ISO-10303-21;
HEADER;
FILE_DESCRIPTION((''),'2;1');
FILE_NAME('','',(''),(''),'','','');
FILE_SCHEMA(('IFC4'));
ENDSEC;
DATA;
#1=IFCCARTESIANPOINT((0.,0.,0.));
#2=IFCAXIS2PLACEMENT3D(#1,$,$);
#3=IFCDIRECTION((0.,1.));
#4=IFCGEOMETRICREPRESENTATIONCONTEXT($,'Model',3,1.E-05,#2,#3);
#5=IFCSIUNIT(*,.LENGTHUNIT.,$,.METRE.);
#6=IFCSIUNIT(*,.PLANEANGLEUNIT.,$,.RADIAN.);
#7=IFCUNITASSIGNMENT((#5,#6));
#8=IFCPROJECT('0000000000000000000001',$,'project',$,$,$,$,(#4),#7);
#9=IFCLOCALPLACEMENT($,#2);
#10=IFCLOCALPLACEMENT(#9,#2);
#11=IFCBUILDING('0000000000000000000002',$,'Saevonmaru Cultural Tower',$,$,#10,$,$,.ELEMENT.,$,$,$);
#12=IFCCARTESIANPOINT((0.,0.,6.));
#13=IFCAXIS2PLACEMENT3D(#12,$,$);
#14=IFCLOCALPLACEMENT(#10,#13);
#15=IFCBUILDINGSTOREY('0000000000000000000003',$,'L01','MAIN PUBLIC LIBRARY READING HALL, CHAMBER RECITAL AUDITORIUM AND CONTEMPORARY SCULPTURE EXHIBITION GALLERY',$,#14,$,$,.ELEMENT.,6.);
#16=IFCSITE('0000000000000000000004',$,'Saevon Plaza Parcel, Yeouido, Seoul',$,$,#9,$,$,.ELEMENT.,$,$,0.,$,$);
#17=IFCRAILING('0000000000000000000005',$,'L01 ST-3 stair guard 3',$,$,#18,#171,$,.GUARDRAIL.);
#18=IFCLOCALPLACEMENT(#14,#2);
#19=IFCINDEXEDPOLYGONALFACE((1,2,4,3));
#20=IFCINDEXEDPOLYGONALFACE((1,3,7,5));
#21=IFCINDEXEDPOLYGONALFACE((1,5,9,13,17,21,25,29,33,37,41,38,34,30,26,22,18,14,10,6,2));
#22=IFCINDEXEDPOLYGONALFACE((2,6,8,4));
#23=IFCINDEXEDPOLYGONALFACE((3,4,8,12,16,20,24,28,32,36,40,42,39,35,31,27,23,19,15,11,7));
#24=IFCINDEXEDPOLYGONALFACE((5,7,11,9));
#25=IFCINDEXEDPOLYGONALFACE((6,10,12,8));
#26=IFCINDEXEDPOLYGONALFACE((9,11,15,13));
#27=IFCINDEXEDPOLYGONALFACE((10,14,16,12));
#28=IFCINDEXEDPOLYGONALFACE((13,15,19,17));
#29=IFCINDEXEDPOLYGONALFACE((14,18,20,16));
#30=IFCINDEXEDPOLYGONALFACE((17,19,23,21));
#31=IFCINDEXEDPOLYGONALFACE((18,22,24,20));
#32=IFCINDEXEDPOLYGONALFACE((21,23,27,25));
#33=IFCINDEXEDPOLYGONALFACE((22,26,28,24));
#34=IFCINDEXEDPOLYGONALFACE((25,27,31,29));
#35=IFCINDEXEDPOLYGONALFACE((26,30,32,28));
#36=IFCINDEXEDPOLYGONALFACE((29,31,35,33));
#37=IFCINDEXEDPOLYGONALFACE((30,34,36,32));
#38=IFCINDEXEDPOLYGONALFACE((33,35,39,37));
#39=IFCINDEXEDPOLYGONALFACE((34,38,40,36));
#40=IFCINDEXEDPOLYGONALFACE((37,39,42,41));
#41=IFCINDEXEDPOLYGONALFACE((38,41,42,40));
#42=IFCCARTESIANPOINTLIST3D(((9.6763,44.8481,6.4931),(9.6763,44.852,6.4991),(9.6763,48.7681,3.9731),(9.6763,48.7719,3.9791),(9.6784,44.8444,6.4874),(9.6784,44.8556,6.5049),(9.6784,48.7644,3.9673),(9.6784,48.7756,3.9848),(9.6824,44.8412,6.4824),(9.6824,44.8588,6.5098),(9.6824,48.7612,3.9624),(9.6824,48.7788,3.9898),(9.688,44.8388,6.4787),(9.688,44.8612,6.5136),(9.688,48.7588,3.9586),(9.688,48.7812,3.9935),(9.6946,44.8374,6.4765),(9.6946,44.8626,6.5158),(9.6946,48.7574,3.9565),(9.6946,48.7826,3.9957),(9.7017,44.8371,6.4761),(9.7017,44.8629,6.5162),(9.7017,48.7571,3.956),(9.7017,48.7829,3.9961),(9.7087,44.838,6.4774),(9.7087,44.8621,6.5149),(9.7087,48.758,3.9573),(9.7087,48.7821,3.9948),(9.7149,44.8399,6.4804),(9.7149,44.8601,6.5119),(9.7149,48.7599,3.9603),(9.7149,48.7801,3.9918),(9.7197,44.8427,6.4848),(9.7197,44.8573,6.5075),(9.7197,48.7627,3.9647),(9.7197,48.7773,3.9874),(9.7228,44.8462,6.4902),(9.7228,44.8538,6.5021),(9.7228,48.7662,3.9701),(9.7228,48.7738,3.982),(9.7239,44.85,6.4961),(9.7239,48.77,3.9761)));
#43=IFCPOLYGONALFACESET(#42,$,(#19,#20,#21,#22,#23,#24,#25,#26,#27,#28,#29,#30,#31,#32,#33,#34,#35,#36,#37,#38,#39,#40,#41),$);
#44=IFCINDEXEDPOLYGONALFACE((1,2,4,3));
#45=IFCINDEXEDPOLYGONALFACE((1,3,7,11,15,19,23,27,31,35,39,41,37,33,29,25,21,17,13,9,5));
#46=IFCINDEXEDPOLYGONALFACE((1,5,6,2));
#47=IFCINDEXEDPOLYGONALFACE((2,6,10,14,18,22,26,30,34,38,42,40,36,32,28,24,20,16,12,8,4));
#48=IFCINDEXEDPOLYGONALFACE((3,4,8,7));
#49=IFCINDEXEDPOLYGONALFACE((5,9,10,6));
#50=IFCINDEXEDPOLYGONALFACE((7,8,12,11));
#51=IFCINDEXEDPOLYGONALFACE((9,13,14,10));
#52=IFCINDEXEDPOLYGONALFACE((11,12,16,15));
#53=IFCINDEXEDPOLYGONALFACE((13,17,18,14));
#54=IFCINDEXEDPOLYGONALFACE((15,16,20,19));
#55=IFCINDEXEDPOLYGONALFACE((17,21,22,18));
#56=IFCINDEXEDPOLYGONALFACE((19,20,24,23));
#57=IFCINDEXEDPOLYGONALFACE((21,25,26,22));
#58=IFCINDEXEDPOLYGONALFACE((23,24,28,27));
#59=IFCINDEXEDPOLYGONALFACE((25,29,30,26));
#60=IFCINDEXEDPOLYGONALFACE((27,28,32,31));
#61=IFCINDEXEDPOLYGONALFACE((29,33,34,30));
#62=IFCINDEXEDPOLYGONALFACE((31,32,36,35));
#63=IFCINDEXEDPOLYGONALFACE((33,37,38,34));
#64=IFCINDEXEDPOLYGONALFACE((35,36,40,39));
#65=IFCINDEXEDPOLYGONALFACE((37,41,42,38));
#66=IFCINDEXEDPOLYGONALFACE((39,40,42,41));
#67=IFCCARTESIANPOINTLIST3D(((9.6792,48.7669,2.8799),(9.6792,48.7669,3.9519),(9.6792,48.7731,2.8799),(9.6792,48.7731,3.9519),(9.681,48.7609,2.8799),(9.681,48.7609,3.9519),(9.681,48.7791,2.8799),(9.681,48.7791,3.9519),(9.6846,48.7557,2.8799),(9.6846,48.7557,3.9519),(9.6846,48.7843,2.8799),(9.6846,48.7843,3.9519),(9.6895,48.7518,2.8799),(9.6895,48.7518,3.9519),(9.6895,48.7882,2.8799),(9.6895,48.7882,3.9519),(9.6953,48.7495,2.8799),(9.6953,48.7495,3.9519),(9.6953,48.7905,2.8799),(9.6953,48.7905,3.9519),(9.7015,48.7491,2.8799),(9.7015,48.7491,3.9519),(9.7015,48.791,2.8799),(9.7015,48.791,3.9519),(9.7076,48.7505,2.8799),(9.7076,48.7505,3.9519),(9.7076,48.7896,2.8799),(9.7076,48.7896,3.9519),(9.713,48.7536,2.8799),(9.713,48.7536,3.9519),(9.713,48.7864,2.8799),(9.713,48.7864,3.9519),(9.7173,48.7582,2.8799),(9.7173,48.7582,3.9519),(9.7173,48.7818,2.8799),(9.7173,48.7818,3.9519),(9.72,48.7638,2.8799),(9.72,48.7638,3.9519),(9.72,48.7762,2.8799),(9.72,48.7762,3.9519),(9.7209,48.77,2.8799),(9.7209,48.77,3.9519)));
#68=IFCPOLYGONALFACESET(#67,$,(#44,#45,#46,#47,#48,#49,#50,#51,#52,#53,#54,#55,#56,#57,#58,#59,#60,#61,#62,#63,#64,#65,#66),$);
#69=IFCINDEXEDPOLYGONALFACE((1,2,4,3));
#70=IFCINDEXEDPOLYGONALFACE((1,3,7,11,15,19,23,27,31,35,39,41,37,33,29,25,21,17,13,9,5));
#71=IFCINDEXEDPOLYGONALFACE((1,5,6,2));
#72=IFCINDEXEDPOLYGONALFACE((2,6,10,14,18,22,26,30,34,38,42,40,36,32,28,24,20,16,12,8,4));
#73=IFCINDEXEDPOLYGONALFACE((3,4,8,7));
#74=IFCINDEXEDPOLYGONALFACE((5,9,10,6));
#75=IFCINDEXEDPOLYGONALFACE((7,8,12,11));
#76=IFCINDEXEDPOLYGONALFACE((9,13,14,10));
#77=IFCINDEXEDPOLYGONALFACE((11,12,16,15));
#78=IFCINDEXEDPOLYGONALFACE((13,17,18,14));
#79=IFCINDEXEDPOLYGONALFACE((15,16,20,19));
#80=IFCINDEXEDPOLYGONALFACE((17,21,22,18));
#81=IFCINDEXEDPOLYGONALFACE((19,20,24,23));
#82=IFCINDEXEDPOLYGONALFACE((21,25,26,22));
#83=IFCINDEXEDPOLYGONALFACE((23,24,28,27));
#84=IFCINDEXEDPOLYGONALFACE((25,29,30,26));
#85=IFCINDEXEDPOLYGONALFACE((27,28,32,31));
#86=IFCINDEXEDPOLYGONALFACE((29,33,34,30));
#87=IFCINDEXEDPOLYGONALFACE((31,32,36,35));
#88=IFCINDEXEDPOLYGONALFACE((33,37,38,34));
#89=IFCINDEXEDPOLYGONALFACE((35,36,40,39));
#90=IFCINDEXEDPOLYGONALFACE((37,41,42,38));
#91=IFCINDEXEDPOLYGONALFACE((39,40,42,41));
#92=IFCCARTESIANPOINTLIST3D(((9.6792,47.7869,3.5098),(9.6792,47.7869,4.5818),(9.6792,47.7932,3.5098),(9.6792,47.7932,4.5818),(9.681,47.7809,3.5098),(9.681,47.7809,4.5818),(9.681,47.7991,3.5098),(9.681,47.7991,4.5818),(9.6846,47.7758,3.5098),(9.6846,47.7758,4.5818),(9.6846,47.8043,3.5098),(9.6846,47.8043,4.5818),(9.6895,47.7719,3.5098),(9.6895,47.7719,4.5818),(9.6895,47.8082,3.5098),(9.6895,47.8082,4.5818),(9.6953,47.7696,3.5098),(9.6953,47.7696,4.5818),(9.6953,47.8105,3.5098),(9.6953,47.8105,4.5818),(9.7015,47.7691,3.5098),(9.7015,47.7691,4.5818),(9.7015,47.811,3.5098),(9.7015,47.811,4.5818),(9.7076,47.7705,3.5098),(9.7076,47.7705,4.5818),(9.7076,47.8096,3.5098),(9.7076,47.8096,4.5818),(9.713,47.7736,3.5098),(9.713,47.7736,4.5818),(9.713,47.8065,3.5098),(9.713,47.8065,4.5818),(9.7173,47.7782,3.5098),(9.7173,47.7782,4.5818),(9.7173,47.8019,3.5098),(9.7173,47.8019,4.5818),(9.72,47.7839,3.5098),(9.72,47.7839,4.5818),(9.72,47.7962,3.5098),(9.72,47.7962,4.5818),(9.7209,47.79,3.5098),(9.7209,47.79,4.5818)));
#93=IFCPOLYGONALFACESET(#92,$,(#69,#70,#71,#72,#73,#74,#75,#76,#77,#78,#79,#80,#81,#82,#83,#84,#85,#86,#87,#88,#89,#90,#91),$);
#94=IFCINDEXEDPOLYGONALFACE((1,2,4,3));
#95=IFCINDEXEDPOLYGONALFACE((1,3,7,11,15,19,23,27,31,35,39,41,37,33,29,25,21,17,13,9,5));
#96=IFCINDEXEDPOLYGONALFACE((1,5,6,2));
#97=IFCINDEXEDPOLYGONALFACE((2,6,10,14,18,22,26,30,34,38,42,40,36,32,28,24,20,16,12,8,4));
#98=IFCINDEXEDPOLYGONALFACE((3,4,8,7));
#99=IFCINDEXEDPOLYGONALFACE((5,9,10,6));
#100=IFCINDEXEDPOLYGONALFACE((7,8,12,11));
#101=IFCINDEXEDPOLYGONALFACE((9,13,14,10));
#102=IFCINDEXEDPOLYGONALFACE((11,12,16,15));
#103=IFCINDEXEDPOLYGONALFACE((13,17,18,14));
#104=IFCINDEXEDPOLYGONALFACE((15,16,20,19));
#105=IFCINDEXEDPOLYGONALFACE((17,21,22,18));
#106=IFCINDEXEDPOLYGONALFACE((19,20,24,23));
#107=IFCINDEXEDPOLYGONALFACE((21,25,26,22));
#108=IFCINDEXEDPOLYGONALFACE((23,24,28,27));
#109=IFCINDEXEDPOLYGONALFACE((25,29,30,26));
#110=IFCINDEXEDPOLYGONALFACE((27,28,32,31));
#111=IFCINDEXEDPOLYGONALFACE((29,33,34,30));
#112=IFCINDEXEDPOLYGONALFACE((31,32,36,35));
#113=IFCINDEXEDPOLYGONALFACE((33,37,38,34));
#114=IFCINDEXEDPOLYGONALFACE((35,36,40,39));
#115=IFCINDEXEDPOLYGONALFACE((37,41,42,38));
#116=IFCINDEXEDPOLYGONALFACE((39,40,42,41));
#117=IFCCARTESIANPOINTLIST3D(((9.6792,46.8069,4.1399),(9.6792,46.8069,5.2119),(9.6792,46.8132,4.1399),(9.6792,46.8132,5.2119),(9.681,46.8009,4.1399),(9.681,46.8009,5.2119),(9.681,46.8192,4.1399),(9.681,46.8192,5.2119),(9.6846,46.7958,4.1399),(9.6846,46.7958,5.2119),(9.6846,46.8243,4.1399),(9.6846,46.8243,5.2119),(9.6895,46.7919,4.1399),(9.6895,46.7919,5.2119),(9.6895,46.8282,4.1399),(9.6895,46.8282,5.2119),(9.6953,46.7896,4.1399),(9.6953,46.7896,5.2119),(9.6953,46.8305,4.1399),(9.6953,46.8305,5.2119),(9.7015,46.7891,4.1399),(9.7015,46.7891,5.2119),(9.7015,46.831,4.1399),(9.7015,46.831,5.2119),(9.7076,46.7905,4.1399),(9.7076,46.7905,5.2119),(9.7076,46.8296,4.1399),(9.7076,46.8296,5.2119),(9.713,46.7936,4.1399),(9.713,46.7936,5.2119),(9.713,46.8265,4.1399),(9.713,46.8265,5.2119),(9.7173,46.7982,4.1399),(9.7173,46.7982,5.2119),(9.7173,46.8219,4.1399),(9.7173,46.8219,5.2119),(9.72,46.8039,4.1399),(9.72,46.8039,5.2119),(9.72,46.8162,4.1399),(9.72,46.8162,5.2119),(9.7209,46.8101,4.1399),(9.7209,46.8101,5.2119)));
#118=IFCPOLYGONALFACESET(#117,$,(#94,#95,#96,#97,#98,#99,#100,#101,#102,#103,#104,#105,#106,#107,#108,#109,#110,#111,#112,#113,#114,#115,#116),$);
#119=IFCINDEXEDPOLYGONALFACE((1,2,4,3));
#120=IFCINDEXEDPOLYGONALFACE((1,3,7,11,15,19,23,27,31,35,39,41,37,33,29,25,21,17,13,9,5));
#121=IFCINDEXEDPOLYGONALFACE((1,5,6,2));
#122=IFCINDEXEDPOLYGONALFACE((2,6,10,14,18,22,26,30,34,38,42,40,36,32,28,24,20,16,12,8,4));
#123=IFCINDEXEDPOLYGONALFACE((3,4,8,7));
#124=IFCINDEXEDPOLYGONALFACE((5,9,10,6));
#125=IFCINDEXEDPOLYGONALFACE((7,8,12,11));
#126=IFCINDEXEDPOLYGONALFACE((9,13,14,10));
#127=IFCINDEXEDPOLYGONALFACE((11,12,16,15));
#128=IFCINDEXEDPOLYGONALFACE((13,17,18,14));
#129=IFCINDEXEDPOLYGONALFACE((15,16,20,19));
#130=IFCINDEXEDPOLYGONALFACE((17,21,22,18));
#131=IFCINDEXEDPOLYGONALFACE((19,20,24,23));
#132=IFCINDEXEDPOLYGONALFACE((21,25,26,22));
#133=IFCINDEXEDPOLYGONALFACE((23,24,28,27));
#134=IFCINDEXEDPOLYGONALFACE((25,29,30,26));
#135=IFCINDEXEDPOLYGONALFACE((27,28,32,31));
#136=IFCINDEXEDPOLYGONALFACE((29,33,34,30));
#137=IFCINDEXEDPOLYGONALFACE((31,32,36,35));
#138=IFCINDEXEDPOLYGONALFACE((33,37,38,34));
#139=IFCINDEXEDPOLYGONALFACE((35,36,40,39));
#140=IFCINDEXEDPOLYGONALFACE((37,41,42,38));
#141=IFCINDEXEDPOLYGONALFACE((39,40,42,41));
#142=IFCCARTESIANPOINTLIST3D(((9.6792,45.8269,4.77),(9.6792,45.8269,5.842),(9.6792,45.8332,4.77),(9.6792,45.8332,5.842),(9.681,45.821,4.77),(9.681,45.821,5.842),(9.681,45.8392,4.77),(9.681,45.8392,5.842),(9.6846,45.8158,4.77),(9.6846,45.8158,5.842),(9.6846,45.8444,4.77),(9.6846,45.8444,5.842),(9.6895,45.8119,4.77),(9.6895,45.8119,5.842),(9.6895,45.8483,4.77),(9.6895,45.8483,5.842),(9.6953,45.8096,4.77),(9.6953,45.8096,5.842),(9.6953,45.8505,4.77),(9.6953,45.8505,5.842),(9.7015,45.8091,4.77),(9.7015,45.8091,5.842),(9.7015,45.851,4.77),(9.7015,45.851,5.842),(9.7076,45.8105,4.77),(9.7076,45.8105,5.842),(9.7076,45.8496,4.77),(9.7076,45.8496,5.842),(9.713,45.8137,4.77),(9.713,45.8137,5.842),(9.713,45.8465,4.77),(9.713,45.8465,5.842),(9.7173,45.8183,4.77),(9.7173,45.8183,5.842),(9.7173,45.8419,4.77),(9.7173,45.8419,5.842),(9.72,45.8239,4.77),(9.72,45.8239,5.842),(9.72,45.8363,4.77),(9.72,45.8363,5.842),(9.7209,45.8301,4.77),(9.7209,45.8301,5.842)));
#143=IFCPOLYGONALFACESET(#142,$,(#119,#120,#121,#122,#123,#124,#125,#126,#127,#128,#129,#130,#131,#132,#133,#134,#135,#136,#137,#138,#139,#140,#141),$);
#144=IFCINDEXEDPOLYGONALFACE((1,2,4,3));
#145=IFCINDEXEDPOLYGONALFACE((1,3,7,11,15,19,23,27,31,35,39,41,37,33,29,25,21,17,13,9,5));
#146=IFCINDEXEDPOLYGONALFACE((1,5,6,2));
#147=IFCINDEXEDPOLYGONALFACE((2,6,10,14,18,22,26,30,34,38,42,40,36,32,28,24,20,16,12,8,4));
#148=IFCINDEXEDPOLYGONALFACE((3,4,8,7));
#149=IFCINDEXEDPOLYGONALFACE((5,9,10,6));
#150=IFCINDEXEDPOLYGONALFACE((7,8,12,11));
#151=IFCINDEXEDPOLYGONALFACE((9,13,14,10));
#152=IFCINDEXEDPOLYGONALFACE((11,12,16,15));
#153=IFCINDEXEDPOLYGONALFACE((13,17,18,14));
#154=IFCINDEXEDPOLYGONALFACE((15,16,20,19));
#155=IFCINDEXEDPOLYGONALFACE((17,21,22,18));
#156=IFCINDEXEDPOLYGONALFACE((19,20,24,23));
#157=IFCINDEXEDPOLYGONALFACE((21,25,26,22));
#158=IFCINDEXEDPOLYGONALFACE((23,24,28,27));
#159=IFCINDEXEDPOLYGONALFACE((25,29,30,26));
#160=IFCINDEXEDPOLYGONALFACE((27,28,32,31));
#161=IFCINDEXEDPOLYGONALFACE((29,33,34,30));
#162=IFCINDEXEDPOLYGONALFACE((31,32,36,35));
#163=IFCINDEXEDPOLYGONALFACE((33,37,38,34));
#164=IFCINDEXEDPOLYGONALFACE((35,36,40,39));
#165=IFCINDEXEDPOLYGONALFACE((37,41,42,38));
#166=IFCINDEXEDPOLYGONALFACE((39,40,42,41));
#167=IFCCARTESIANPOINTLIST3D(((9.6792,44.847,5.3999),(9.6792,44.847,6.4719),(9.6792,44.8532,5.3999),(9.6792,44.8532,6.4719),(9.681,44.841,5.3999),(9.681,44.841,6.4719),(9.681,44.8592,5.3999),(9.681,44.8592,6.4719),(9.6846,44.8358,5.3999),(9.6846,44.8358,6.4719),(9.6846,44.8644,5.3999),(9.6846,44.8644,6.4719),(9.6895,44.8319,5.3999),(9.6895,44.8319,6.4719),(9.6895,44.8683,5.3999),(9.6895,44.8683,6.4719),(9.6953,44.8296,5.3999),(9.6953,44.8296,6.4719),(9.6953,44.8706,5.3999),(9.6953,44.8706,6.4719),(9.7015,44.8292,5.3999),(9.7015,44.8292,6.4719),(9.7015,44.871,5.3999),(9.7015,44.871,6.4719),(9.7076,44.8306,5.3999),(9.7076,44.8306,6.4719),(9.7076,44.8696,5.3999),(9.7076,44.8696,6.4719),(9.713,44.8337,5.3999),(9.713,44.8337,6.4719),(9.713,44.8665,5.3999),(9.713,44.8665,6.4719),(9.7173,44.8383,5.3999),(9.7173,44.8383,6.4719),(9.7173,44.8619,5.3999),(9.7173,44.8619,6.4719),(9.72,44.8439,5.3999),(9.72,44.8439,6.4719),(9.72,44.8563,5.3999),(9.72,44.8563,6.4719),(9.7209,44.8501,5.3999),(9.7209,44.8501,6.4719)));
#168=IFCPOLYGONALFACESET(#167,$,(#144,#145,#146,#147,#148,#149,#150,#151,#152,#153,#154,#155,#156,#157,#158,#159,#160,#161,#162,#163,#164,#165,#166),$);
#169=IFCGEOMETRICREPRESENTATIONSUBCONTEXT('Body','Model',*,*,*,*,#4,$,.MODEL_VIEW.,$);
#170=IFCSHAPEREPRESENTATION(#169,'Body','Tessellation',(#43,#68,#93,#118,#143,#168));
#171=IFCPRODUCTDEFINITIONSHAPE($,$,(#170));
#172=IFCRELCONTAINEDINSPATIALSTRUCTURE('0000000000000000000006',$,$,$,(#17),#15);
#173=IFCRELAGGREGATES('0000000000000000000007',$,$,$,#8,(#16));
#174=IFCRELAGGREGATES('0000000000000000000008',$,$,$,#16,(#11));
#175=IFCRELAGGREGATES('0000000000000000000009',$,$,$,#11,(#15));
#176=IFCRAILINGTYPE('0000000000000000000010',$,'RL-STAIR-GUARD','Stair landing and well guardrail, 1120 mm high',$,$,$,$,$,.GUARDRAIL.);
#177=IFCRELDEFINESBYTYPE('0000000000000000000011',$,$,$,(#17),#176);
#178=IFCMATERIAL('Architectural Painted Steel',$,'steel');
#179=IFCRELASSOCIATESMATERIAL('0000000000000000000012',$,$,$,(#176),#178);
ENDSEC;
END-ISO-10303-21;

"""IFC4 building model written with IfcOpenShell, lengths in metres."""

from ifc_helpers import new_model, si_unit, direction, frame, origin, origin_2d, place, context, subcontext, project, spatial, circle, extrude, material, type_object, element, save


model = new_model("IFC4")

# Units and contexts
model_context = context("Model", 3, precision=1e-05, world=origin(), true_north=direction((0.0, 1.0)))
body_context = subcontext(model_context, "Body", "Model", "MODEL_VIEW")
ifc_project = project(units=[si_unit("LENGTHUNIT", "METRE"), si_unit("PLANEANGLEUNIT", "RADIAN")], contexts=[model_context])

# Site, building, storey
site_placement = place(None, origin())
site = spatial("IfcSite", under=ifc_project, at=site_placement, Name="Saevon Plaza Parcel, Yeouido, Seoul", CompositionType="ELEMENT", RefElevation=0.0)
building_placement = place(site_placement, origin())
building = spatial("IfcBuilding", under=site, at=building_placement, Name="Saevonmaru Cultural Tower", CompositionType="ELEMENT")
storey_placement = place(building_placement, frame((0.0, 0.0, 6.0)))
storey = spatial("IfcBuildingStorey", under=building, at=storey_placement, Name="L01", Description="MAIN PUBLIC LIBRARY READING HALL, CHAMBER RECITAL AUDITORIUM AND CONTEMPORARY SCULPTURE EXHIBITION GALLERY", CompositionType="ELEMENT", Elevation=6.0)

# Railing
ifc_material_1 = material(Name="Architectural Painted Steel", Category="steel")
railing_type_1 = type_object("IfcRailingType", Name="RL-STAIR-GUARD", Description="Stair landing and well guardrail, 1120 mm high", PredefinedType="GUARDRAIL", material=ifc_material_1)
railing_1_placement = place(storey_placement, frame((9.7, 48.77, 2.8799)))
element("IfcRailing", 1, at=railing_1_placement, inside=storey, type_object=railing_type_1, Name="L01 ST-3 stair guard 3", PredefinedType="GUARDRAIL", context=body_context, shape_type="SweptSolid", body=[
    extrude(circle(Radius=0.0239, at=origin_2d()), frame((0.0, 0.0, 1.0962), z_axis=(0.0, -0.841172, 0.540768), x_axis=(1.0, 0.0, 0.0)), (0.0, 0.0, 1.0), 4.6602),
    extrude(circle(Radius=0.021, at=origin_2d()), origin(), (0.0, 0.0, 1.0), 1.072),
    extrude(circle(Radius=0.021, at=origin_2d()), frame((0.0, -0.98, 0.6299)), (0.0, 0.0, 1.0), 1.072),
    extrude(circle(Radius=0.021, at=origin_2d()), frame((0.0, -1.96, 1.26)), (0.0, 0.0, 1.0), 1.072),
    extrude(circle(Radius=0.021, at=origin_2d()), frame((0.0, -2.9399, 1.8901)), (0.0, 0.0, 1.0), 1.072),
    extrude(circle(Radius=0.021, at=origin_2d()), frame((0.0, -3.9199, 2.52)), (0.0, 0.0, 1.0), 1.072),
])

save(model, "model.ifc")
